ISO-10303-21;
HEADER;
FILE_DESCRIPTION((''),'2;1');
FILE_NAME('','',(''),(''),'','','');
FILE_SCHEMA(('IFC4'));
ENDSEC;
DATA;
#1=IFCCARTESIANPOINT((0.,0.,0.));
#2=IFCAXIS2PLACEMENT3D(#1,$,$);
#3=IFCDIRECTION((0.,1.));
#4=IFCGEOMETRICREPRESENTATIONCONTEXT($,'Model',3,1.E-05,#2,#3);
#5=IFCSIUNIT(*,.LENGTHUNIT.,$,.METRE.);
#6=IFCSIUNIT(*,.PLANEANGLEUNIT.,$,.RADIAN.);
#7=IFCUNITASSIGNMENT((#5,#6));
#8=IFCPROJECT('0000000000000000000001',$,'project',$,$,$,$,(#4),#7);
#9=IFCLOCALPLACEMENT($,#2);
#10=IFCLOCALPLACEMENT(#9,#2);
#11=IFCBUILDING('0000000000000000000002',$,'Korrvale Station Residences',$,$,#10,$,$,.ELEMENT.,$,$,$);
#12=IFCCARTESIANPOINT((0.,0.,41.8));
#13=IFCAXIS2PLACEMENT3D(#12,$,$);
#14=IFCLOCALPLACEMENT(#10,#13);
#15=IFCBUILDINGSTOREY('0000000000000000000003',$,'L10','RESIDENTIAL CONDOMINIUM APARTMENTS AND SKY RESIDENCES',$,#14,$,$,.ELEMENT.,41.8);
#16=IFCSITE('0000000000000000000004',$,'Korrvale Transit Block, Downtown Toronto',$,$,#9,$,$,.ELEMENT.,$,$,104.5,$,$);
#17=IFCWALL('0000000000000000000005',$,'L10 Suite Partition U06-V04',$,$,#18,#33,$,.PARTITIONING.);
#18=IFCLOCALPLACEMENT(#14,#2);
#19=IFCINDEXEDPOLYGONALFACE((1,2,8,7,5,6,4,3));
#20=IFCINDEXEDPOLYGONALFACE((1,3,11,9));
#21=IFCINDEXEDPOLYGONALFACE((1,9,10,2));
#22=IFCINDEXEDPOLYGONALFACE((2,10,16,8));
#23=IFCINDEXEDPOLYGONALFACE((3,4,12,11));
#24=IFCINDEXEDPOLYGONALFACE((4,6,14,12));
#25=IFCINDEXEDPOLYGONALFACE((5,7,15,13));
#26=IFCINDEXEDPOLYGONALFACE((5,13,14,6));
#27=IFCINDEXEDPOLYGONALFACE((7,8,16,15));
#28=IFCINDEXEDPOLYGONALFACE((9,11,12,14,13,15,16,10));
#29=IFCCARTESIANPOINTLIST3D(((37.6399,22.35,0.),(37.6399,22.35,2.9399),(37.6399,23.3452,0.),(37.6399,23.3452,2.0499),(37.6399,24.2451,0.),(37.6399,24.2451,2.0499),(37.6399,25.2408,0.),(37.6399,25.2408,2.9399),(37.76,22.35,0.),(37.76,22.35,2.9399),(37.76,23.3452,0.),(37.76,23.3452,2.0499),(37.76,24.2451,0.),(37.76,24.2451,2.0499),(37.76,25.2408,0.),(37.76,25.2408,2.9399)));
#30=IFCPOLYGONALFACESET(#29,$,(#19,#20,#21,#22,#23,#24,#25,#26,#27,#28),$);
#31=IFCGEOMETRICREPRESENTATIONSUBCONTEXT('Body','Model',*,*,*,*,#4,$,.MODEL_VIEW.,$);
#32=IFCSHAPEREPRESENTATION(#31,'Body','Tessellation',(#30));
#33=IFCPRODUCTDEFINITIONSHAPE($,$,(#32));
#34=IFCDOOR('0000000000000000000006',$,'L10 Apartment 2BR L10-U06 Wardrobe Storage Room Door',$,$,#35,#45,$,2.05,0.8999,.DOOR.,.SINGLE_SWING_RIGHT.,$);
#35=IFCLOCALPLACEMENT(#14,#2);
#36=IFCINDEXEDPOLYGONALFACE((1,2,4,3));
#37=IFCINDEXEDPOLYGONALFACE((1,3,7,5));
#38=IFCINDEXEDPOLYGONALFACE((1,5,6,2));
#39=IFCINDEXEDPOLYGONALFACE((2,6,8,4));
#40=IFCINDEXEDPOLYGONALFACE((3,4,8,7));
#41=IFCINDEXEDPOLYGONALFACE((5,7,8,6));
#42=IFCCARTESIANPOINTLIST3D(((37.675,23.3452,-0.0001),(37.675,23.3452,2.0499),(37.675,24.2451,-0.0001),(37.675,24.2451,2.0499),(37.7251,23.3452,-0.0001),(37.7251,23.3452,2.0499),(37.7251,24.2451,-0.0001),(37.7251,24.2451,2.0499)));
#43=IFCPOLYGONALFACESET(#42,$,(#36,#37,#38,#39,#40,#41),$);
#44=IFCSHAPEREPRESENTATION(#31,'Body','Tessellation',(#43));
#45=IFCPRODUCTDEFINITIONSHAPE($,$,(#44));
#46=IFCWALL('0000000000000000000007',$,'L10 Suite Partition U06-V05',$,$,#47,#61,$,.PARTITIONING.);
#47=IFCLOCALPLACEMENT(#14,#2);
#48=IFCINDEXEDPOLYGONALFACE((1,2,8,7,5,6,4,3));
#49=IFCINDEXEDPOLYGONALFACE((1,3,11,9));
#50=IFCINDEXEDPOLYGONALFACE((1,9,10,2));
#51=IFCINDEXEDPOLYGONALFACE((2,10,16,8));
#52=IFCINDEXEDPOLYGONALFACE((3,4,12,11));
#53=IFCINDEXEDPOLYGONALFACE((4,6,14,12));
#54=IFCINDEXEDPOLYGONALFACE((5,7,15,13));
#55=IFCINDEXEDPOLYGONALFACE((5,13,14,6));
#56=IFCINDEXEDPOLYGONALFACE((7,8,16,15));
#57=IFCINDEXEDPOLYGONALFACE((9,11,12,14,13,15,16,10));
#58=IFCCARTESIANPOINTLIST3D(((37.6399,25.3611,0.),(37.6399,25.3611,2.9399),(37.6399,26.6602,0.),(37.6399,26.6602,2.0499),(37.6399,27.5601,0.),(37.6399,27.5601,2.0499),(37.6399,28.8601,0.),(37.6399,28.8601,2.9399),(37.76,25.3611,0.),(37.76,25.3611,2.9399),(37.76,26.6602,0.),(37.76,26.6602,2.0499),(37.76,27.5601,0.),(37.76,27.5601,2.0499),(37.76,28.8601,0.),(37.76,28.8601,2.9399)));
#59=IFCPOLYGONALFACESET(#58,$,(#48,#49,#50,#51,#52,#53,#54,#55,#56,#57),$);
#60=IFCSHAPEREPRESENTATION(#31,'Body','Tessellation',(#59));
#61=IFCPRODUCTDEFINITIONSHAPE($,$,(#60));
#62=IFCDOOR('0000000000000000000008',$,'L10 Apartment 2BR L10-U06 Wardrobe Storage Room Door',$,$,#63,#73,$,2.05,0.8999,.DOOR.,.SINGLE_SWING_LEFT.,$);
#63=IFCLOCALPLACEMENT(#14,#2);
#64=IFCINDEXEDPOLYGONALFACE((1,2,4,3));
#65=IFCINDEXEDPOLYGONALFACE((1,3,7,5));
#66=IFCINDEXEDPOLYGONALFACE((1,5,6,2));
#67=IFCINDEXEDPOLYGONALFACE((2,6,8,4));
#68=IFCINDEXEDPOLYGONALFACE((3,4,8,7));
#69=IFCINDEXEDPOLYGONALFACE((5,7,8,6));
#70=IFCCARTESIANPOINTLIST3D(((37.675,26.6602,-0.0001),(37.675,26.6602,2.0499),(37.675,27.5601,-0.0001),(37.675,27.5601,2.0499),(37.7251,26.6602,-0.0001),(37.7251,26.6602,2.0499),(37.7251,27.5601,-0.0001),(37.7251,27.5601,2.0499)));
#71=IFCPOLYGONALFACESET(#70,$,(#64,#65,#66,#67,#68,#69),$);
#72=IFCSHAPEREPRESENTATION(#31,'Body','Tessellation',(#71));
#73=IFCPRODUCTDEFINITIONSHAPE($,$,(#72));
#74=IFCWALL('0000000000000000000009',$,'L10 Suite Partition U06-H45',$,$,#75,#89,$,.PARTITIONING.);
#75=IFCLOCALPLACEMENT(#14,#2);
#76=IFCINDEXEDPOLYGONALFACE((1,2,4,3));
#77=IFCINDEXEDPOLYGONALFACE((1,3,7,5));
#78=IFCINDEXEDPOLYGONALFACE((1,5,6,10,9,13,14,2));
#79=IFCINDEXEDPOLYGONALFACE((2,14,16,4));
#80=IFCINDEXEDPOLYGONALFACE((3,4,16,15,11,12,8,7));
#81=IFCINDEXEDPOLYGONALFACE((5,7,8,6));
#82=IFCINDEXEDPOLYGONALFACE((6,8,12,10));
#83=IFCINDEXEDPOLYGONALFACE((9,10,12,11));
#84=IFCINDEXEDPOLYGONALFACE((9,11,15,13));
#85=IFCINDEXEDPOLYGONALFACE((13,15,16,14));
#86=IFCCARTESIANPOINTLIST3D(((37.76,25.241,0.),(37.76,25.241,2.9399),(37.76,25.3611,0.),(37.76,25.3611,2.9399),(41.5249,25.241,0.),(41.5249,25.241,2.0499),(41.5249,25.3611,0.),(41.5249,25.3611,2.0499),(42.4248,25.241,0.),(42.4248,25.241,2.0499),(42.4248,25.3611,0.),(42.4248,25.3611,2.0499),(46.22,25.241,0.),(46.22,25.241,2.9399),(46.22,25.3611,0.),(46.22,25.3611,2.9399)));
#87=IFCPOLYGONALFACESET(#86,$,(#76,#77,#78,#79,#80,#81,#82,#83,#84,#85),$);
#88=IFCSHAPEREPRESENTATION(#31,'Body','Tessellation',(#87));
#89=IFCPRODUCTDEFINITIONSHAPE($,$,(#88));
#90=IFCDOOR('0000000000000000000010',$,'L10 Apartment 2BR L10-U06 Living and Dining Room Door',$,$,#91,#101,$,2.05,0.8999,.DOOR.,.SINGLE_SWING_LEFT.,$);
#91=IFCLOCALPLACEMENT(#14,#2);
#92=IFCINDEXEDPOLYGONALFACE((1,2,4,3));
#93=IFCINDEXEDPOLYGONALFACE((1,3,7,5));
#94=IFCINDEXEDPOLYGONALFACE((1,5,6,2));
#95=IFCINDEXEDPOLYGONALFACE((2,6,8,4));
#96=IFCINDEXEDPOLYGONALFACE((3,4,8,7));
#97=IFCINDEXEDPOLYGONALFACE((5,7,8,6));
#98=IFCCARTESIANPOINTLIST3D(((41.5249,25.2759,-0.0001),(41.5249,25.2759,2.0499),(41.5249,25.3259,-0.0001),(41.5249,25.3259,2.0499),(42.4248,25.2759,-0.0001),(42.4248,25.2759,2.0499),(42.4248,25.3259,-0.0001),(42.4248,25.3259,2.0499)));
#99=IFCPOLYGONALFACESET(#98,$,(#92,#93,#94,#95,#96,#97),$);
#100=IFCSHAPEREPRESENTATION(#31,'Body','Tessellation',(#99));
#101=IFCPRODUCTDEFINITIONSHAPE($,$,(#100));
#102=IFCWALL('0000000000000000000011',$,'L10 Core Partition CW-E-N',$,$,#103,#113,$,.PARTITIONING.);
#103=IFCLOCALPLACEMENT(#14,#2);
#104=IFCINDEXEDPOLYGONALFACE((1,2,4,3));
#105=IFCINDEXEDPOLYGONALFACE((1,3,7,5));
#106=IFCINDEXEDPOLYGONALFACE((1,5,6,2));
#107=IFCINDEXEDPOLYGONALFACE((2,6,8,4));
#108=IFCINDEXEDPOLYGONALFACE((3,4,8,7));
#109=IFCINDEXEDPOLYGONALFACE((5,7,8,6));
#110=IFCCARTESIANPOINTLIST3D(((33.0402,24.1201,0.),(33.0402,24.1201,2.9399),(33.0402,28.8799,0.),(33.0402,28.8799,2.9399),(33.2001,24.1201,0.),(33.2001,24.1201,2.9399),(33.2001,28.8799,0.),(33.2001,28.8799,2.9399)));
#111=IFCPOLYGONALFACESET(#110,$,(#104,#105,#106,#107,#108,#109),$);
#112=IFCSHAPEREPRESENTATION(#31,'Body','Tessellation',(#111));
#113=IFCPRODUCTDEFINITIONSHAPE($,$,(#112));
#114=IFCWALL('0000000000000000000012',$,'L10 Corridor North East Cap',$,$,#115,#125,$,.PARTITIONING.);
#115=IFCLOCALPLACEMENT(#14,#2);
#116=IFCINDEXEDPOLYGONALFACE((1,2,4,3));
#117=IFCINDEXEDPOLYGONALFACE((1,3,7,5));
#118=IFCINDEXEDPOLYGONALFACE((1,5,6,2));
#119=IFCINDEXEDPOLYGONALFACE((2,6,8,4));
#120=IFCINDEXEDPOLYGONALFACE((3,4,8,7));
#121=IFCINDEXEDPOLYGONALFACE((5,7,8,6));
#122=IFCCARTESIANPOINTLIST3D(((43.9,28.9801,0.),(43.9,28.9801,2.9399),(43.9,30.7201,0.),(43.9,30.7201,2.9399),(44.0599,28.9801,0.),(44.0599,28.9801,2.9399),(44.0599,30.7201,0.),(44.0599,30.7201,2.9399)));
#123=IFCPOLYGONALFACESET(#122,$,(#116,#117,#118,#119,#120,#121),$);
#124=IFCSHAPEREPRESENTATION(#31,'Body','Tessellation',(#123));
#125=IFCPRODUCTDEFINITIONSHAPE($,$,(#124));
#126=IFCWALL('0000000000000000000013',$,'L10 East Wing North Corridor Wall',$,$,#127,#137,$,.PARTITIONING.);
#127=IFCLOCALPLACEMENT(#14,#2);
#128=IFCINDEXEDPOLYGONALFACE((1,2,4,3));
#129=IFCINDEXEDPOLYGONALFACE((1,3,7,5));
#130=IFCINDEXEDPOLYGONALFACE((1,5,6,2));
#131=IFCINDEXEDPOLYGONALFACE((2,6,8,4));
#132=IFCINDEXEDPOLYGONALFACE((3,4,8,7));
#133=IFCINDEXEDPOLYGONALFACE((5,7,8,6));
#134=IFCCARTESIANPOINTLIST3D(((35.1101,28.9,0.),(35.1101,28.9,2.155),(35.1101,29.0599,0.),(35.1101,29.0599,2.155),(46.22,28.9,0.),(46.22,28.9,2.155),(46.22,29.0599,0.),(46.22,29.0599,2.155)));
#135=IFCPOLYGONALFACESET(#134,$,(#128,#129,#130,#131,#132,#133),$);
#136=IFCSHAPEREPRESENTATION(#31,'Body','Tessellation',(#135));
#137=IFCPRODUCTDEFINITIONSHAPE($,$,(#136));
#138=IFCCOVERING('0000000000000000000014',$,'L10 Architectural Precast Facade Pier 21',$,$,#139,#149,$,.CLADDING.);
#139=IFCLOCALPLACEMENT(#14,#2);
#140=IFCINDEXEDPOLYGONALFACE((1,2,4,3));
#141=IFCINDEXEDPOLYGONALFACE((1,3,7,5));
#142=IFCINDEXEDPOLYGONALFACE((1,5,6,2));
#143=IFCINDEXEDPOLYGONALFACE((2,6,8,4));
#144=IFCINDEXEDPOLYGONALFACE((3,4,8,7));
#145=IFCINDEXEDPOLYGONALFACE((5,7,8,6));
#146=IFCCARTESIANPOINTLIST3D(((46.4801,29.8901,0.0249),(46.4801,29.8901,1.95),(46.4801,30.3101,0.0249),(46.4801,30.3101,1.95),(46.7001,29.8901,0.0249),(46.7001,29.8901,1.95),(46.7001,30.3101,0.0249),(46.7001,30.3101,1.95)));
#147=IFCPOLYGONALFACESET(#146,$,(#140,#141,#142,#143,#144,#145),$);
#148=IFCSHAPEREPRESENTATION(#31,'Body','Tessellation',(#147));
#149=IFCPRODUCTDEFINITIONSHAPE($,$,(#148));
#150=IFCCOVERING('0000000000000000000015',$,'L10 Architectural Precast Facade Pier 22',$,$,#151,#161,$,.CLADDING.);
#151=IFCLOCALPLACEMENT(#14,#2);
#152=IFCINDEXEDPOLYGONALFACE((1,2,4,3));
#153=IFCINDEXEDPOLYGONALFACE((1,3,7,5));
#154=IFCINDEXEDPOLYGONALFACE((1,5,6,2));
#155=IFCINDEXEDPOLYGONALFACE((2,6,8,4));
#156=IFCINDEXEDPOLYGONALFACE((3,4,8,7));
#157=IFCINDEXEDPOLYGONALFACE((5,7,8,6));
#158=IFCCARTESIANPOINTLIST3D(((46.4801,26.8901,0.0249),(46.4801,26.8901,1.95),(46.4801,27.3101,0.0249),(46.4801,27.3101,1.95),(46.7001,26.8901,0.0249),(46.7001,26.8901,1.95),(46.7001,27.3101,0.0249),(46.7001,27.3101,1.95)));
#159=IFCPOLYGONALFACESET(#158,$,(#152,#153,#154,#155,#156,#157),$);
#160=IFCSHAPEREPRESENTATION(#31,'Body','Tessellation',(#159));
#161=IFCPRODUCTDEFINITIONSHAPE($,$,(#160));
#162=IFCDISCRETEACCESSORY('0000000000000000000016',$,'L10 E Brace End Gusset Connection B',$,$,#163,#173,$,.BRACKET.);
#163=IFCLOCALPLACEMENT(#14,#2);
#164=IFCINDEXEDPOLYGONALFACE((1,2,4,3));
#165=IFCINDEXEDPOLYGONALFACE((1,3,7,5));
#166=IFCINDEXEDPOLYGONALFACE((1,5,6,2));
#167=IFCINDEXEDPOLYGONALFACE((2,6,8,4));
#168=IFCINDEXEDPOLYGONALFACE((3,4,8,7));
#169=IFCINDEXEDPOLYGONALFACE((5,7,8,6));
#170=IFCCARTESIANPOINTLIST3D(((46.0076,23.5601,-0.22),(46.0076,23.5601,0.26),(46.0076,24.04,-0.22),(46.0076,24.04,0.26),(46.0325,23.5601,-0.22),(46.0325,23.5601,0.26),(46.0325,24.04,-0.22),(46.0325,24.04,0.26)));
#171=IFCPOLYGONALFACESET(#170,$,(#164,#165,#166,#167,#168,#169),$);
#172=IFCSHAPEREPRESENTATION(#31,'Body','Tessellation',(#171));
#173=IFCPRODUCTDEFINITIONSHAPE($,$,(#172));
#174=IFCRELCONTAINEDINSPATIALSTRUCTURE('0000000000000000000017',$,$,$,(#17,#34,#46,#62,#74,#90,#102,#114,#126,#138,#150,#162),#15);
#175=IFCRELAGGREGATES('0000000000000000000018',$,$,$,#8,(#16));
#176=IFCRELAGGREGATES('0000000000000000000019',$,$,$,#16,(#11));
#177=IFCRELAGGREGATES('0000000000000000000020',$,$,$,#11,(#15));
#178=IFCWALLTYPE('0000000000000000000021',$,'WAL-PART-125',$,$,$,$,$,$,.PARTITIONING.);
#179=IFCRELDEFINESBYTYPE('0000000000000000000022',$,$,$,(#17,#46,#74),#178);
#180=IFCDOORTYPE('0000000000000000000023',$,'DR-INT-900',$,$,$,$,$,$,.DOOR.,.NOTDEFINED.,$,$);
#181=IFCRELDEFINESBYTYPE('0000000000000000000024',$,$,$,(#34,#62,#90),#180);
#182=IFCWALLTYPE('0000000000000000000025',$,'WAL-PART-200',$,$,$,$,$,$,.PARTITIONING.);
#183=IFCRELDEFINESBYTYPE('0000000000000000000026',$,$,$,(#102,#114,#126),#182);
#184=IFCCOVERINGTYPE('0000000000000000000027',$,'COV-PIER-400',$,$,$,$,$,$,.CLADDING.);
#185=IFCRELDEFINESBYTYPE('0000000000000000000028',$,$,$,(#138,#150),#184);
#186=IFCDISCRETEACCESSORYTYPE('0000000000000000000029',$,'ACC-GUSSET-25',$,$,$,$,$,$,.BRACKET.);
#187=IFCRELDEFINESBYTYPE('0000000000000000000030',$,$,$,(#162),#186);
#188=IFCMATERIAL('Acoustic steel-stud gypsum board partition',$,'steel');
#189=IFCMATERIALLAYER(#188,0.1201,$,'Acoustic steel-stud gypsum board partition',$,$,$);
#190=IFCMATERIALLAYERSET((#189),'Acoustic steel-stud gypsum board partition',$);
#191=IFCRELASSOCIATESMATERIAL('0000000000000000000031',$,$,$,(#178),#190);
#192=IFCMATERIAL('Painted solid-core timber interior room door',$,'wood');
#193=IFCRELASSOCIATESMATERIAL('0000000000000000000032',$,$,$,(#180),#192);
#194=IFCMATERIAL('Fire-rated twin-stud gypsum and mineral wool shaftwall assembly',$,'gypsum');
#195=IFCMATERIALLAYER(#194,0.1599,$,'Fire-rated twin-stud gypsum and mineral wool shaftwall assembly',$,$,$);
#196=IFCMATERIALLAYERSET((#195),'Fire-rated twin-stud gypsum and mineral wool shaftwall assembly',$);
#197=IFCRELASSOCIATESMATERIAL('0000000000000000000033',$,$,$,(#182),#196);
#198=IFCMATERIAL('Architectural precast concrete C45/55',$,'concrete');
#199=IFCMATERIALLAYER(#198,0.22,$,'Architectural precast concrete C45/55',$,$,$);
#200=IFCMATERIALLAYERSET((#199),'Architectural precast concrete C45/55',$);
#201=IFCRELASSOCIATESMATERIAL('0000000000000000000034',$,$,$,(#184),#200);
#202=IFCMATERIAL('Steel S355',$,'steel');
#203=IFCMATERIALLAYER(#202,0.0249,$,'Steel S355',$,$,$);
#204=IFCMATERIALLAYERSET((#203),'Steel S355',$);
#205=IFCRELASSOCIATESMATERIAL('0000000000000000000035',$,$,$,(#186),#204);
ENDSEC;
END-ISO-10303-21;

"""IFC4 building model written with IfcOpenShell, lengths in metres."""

from ifc_helpers import new_model, si_unit, direction, frame, frame_2d, origin, origin_2d, place, context, subcontext, project, spatial, rectangle, extrude, material, layer, layer_set, type_object, element, fill, save


model = new_model("IFC4")

# Units and contexts
model_context = context("Model", 3, precision=1e-05, world=origin(), true_north=direction((0.0, 1.0)))
body_context = subcontext(model_context, "Body", "Model", "MODEL_VIEW")
ifc_project = project(units=[si_unit("LENGTHUNIT", "METRE"), si_unit("PLANEANGLEUNIT", "RADIAN")], contexts=[model_context])

# Site, building, storey
site_placement = place(None, origin())
site = spatial("IfcSite", under=ifc_project, at=site_placement, Name="Korrvale Transit Block, Downtown Toronto", CompositionType="ELEMENT", RefElevation=104.5)
building_placement = place(site_placement, origin())
building = spatial("IfcBuilding", under=site, at=building_placement, Name="Korrvale Station Residences", CompositionType="ELEMENT")
storey_placement = place(building_placement, frame((0.0, 0.0, 41.8)))
storey = spatial("IfcBuildingStorey", under=building, at=storey_placement, Name="L10", Description="RESIDENTIAL CONDOMINIUM APARTMENTS AND SKY RESIDENCES", CompositionType="ELEMENT", Elevation=41.8)

# Shared definitions
ifc_material_1 = material(Name="Steel S355", Category="steel")

# Walls, openings, doors
ifc_material_2 = material(Name="Acoustic steel-stud gypsum board partition", Category="steel")
ifc_layer_1 = layer(ifc_material_2, 0.1201, Name="Acoustic steel-stud gypsum board partition")
ifc_layer_set_1 = layer_set([ifc_layer_1], Name="Acoustic steel-stud gypsum board partition")
wall_type_1 = type_object("IfcWallType", Name="WAL-PART-125", PredefinedType="PARTITIONING", material=ifc_layer_set_1)
ifc_material_3 = material(Name="Painted solid-core timber interior room door", Category="wood")
door_type = type_object("IfcDoorType", Name="DR-INT-900", OperationType="NOTDEFINED", PredefinedType="DOOR", material=ifc_material_3)
wall_1_placement = place(storey_placement, frame((37.7, 22.3501, 0.0), z_axis=(0.0, 0.0, 1.0), x_axis=(0.0, 1.0, 0.0)))
wall_1 = element("IfcWall", 1, at=wall_1_placement, inside=storey, type_object=wall_type_1, Name="L10 Suite Partition U06-V04", PredefinedType="PARTITIONING", context=body_context, shape_type="SweptSolid", body=[
    extrude(rectangle(XDim=2.8909, YDim=0.1201, at=frame_2d((1.4453, 0.0))), origin(), (0.0, 0.0, 1.0), 2.9399),
])
opening_1_placement = place(wall_1_placement, frame((0.9951, 0.0, 0.0)))
opening_1 = element("IfcOpeningElement", 2, at=opening_1_placement, cuts=wall_1, PredefinedType="OPENING", context=body_context, shape_type="SweptSolid", body=[
    extrude(rectangle(XDim=0.8999, YDim=2.05, at=frame_2d((0.45, 1.0249))), frame((0.0, 0.0701, 0.0), z_axis=(0.0, -1.0, 0.0), x_axis=(1.0, 0.0, 0.0)), (0.0, 0.0, 1.0), 0.1401),
])
door_1_placement = place(opening_1_placement, origin())
door_1 = element("IfcDoor", 3, at=door_1_placement, inside=storey, type_object=door_type, Name="L10 Apartment 2BR L10-U06 Wardrobe Storage Room Door", OperationType="SINGLE_SWING_RIGHT", OverallHeight=2.05, OverallWidth=0.8999, PredefinedType="DOOR", context=body_context, shape_type="SweptSolid", body=[
    extrude(rectangle(XDim=0.8999, YDim=2.05, at=frame_2d((0.45, 1.0249))), frame((0.0, 0.0249, 0.0), z_axis=(0.0, -1.0, 0.0), x_axis=(1.0, 0.0, 0.0)), (0.0, 0.0, 1.0), 0.05),
])
fill(opening_1, door_1)
wall_2_placement = place(storey_placement, frame((37.7, 25.3611, 0.0), z_axis=(0.0, 0.0, 1.0), x_axis=(0.0, 1.0, 0.0)))
wall_2 = element("IfcWall", 4, at=wall_2_placement, inside=storey, type_object=wall_type_1, Name="L10 Suite Partition U06-V05", PredefinedType="PARTITIONING", context=body_context, shape_type="SweptSolid", body=[
    extrude(rectangle(XDim=3.499, YDim=0.1201, at=frame_2d((1.7495, 0.0))), origin(), (0.0, 0.0, 1.0), 2.9399),
])
opening_2_placement = place(wall_2_placement, frame((1.2991, 0.0, 0.0)))
opening_2 = element("IfcOpeningElement", 5, at=opening_2_placement, cuts=wall_2, PredefinedType="OPENING", context=body_context, shape_type="SweptSolid", body=[
    extrude(rectangle(XDim=0.8999, YDim=2.05, at=frame_2d((0.45, 1.0249))), frame((0.0, 0.0701, 0.0), z_axis=(0.0, -1.0, 0.0), x_axis=(1.0, 0.0, 0.0)), (0.0, 0.0, 1.0), 0.1401),
])
door_2_placement = place(opening_2_placement, origin())
door_2 = element("IfcDoor", 6, at=door_2_placement, inside=storey, type_object=door_type, Name="L10 Apartment 2BR L10-U06 Wardrobe Storage Room Door", OperationType="SINGLE_SWING_LEFT", OverallHeight=2.05, OverallWidth=0.8999, PredefinedType="DOOR", context=body_context, shape_type="SweptSolid", body=[
    extrude(rectangle(XDim=0.8999, YDim=2.05, at=frame_2d((0.45, 1.0249))), frame((0.0, 0.0249, 0.0), z_axis=(0.0, -1.0, 0.0), x_axis=(1.0, 0.0, 0.0)), (0.0, 0.0, 1.0), 0.05),
])
fill(opening_2, door_2)
wall_3_placement = place(storey_placement, frame((37.76, 25.301, 0.0), z_axis=(0.0, 0.0, 1.0), x_axis=(1.0, 0.0, 0.0)))
wall_3 = element("IfcWall", 7, at=wall_3_placement, inside=storey, type_object=wall_type_1, Name="L10 Suite Partition U06-H45", PredefinedType="PARTITIONING", context=body_context, shape_type="SweptSolid", body=[
    extrude(rectangle(XDim=8.46, YDim=0.1201, at=frame_2d((4.23, 0.0))), origin(), (0.0, 0.0, 1.0), 2.9399),
])
opening_3_placement = place(wall_3_placement, frame((3.7649, 0.0, 0.0)))
opening_3 = element("IfcOpeningElement", 8, at=opening_3_placement, cuts=wall_3, PredefinedType="OPENING", context=body_context, shape_type="SweptSolid", body=[
    extrude(rectangle(XDim=0.8999, YDim=2.05, at=frame_2d((0.45, 1.0249))), frame((0.0, 0.0701, 0.0), z_axis=(0.0, -1.0, 0.0), x_axis=(1.0, 0.0, 0.0)), (0.0, 0.0, 1.0), 0.1401),
])
door_3_placement = place(opening_3_placement, origin())
door_3 = element("IfcDoor", 9, at=door_3_placement, inside=storey, type_object=door_type, Name="L10 Apartment 2BR L10-U06 Living and Dining Room Door", OperationType="SINGLE_SWING_LEFT", OverallHeight=2.05, OverallWidth=0.8999, PredefinedType="DOOR", context=body_context, shape_type="SweptSolid", body=[
    extrude(rectangle(XDim=0.8999, YDim=2.05, at=frame_2d((0.45, 1.0249))), frame((0.0, 0.0249, 0.0), z_axis=(0.0, -1.0, 0.0), x_axis=(1.0, 0.0, 0.0)), (0.0, 0.0, 1.0), 0.05),
])
fill(opening_3, door_3)

# Walls
ifc_material_4 = material(Name="Fire-rated twin-stud gypsum and mineral wool shaftwall assembly", Category="gypsum")
ifc_layer_2 = layer(ifc_material_4, 0.1599, Name="Fire-rated twin-stud gypsum and mineral wool shaftwall assembly")
ifc_layer_set_2 = layer_set([ifc_layer_2], Name="Fire-rated twin-stud gypsum and mineral wool shaftwall assembly")
wall_type_2 = type_object("IfcWallType", Name="WAL-PART-200", PredefinedType="PARTITIONING", material=ifc_layer_set_2)
wall_4_placement = place(storey_placement, frame((33.1201, 24.1201, 0.0), z_axis=(0.0, 0.0, 1.0), x_axis=(0.0, 1.0, 0.0)))
element("IfcWall", 10, at=wall_4_placement, inside=storey, type_object=wall_type_2, Name="L10 Core Partition CW-E-N", PredefinedType="PARTITIONING", context=body_context, shape_type="SweptSolid", body=[
    extrude(rectangle(XDim=4.7598, YDim=0.1599, at=frame_2d((2.3799, 0.0))), origin(), (0.0, 0.0, 1.0), 2.9399),
])
wall_5_placement = place(storey_placement, frame((43.98, 28.98, 0.0), z_axis=(0.0, 0.0, 1.0), x_axis=(0.0, 1.0, 0.0)))
element("IfcWall", 11, at=wall_5_placement, inside=storey, type_object=wall_type_2, Name="L10 Corridor North East Cap", PredefinedType="PARTITIONING", context=body_context, shape_type="SweptSolid", body=[
    extrude(rectangle(XDim=1.74, YDim=0.1599, at=frame_2d((0.8701, 0.0))), origin(), (0.0, 0.0, 1.0), 2.9399),
])
wall_6_placement = place(storey_placement, frame((35.1101, 28.98, 0.0), z_axis=(0.0, 0.0, 1.0), x_axis=(1.0, 0.0, 0.0)))
element("IfcWall", 12, at=wall_6_placement, inside=storey, type_object=wall_type_2, Name="L10 East Wing North Corridor Wall", PredefinedType="PARTITIONING", context=body_context, shape_type="SweptSolid", body=[
    extrude(rectangle(XDim=11.1099, YDim=0.1599, at=frame_2d((5.5549, 0.0))), origin(), (0.0, 0.0, 1.0), 2.155),
])

# Coverings
ifc_material_5 = material(Name="Architectural precast concrete C45/55", Category="concrete")
ifc_layer_3 = layer(ifc_material_5, 0.22, Name="Architectural precast concrete C45/55")
ifc_layer_set_3 = layer_set([ifc_layer_3], Name="Architectural precast concrete C45/55")
covering_type = type_object("IfcCoveringType", Name="COV-PIER-400", PredefinedType="CLADDING", material=ifc_layer_set_3)
for number, where, z_axis, x_axis, name in (
    (13, (46.5901, 30.1001, 0.0249), (0.0, 0.0, 1.0), (0.0, 1.0, 0.0), "L10 Architectural Precast Facade Pier 21"),
    (14, (46.5901, 27.1001, 0.0249), (0.0, 0.0, 1.0), (0.0, 1.0, 0.0), "L10 Architectural Precast Facade Pier 22"),
):
    element("IfcCovering", number, at=place(storey_placement, frame(where, z_axis=z_axis, x_axis=x_axis)), inside=storey, type_object=covering_type, Name=name, PredefinedType="CLADDING", context=body_context, shape_type="SweptSolid", body=[
        extrude(rectangle(XDim=0.4199, YDim=0.22, at=origin_2d()), origin(), (0.0, 0.0, 1.0), 1.925),
    ])

# Discrete accessory
ifc_layer_4 = layer(ifc_material_1, 0.0249, Name="Steel S355")
ifc_layer_set_4 = layer_set([ifc_layer_4], Name="Steel S355")
discrete_accessory_type = type_object("IfcDiscreteAccessoryType", Name="ACC-GUSSET-25", PredefinedType="BRACKET", material=ifc_layer_set_4)
for number, where, z_axis, x_axis, name in (
    (15, (46.02, 23.8, -0.22), (0.0, 0.0, 1.0), (0.0, 1.0, 0.0), "L10 E Brace End Gusset Connection B"),
):
    element("IfcDiscreteAccessory", number, at=place(storey_placement, frame(where, z_axis=z_axis, x_axis=x_axis)), inside=storey, type_object=discrete_accessory_type, Name=name, PredefinedType="BRACKET", context=body_context, shape_type="SweptSolid", body=[
        extrude(rectangle(XDim=0.48, YDim=0.0249, at=origin_2d()), origin(), (0.0, 0.0, 1.0), 0.48),
    ])

save(model, "model.ifc")
